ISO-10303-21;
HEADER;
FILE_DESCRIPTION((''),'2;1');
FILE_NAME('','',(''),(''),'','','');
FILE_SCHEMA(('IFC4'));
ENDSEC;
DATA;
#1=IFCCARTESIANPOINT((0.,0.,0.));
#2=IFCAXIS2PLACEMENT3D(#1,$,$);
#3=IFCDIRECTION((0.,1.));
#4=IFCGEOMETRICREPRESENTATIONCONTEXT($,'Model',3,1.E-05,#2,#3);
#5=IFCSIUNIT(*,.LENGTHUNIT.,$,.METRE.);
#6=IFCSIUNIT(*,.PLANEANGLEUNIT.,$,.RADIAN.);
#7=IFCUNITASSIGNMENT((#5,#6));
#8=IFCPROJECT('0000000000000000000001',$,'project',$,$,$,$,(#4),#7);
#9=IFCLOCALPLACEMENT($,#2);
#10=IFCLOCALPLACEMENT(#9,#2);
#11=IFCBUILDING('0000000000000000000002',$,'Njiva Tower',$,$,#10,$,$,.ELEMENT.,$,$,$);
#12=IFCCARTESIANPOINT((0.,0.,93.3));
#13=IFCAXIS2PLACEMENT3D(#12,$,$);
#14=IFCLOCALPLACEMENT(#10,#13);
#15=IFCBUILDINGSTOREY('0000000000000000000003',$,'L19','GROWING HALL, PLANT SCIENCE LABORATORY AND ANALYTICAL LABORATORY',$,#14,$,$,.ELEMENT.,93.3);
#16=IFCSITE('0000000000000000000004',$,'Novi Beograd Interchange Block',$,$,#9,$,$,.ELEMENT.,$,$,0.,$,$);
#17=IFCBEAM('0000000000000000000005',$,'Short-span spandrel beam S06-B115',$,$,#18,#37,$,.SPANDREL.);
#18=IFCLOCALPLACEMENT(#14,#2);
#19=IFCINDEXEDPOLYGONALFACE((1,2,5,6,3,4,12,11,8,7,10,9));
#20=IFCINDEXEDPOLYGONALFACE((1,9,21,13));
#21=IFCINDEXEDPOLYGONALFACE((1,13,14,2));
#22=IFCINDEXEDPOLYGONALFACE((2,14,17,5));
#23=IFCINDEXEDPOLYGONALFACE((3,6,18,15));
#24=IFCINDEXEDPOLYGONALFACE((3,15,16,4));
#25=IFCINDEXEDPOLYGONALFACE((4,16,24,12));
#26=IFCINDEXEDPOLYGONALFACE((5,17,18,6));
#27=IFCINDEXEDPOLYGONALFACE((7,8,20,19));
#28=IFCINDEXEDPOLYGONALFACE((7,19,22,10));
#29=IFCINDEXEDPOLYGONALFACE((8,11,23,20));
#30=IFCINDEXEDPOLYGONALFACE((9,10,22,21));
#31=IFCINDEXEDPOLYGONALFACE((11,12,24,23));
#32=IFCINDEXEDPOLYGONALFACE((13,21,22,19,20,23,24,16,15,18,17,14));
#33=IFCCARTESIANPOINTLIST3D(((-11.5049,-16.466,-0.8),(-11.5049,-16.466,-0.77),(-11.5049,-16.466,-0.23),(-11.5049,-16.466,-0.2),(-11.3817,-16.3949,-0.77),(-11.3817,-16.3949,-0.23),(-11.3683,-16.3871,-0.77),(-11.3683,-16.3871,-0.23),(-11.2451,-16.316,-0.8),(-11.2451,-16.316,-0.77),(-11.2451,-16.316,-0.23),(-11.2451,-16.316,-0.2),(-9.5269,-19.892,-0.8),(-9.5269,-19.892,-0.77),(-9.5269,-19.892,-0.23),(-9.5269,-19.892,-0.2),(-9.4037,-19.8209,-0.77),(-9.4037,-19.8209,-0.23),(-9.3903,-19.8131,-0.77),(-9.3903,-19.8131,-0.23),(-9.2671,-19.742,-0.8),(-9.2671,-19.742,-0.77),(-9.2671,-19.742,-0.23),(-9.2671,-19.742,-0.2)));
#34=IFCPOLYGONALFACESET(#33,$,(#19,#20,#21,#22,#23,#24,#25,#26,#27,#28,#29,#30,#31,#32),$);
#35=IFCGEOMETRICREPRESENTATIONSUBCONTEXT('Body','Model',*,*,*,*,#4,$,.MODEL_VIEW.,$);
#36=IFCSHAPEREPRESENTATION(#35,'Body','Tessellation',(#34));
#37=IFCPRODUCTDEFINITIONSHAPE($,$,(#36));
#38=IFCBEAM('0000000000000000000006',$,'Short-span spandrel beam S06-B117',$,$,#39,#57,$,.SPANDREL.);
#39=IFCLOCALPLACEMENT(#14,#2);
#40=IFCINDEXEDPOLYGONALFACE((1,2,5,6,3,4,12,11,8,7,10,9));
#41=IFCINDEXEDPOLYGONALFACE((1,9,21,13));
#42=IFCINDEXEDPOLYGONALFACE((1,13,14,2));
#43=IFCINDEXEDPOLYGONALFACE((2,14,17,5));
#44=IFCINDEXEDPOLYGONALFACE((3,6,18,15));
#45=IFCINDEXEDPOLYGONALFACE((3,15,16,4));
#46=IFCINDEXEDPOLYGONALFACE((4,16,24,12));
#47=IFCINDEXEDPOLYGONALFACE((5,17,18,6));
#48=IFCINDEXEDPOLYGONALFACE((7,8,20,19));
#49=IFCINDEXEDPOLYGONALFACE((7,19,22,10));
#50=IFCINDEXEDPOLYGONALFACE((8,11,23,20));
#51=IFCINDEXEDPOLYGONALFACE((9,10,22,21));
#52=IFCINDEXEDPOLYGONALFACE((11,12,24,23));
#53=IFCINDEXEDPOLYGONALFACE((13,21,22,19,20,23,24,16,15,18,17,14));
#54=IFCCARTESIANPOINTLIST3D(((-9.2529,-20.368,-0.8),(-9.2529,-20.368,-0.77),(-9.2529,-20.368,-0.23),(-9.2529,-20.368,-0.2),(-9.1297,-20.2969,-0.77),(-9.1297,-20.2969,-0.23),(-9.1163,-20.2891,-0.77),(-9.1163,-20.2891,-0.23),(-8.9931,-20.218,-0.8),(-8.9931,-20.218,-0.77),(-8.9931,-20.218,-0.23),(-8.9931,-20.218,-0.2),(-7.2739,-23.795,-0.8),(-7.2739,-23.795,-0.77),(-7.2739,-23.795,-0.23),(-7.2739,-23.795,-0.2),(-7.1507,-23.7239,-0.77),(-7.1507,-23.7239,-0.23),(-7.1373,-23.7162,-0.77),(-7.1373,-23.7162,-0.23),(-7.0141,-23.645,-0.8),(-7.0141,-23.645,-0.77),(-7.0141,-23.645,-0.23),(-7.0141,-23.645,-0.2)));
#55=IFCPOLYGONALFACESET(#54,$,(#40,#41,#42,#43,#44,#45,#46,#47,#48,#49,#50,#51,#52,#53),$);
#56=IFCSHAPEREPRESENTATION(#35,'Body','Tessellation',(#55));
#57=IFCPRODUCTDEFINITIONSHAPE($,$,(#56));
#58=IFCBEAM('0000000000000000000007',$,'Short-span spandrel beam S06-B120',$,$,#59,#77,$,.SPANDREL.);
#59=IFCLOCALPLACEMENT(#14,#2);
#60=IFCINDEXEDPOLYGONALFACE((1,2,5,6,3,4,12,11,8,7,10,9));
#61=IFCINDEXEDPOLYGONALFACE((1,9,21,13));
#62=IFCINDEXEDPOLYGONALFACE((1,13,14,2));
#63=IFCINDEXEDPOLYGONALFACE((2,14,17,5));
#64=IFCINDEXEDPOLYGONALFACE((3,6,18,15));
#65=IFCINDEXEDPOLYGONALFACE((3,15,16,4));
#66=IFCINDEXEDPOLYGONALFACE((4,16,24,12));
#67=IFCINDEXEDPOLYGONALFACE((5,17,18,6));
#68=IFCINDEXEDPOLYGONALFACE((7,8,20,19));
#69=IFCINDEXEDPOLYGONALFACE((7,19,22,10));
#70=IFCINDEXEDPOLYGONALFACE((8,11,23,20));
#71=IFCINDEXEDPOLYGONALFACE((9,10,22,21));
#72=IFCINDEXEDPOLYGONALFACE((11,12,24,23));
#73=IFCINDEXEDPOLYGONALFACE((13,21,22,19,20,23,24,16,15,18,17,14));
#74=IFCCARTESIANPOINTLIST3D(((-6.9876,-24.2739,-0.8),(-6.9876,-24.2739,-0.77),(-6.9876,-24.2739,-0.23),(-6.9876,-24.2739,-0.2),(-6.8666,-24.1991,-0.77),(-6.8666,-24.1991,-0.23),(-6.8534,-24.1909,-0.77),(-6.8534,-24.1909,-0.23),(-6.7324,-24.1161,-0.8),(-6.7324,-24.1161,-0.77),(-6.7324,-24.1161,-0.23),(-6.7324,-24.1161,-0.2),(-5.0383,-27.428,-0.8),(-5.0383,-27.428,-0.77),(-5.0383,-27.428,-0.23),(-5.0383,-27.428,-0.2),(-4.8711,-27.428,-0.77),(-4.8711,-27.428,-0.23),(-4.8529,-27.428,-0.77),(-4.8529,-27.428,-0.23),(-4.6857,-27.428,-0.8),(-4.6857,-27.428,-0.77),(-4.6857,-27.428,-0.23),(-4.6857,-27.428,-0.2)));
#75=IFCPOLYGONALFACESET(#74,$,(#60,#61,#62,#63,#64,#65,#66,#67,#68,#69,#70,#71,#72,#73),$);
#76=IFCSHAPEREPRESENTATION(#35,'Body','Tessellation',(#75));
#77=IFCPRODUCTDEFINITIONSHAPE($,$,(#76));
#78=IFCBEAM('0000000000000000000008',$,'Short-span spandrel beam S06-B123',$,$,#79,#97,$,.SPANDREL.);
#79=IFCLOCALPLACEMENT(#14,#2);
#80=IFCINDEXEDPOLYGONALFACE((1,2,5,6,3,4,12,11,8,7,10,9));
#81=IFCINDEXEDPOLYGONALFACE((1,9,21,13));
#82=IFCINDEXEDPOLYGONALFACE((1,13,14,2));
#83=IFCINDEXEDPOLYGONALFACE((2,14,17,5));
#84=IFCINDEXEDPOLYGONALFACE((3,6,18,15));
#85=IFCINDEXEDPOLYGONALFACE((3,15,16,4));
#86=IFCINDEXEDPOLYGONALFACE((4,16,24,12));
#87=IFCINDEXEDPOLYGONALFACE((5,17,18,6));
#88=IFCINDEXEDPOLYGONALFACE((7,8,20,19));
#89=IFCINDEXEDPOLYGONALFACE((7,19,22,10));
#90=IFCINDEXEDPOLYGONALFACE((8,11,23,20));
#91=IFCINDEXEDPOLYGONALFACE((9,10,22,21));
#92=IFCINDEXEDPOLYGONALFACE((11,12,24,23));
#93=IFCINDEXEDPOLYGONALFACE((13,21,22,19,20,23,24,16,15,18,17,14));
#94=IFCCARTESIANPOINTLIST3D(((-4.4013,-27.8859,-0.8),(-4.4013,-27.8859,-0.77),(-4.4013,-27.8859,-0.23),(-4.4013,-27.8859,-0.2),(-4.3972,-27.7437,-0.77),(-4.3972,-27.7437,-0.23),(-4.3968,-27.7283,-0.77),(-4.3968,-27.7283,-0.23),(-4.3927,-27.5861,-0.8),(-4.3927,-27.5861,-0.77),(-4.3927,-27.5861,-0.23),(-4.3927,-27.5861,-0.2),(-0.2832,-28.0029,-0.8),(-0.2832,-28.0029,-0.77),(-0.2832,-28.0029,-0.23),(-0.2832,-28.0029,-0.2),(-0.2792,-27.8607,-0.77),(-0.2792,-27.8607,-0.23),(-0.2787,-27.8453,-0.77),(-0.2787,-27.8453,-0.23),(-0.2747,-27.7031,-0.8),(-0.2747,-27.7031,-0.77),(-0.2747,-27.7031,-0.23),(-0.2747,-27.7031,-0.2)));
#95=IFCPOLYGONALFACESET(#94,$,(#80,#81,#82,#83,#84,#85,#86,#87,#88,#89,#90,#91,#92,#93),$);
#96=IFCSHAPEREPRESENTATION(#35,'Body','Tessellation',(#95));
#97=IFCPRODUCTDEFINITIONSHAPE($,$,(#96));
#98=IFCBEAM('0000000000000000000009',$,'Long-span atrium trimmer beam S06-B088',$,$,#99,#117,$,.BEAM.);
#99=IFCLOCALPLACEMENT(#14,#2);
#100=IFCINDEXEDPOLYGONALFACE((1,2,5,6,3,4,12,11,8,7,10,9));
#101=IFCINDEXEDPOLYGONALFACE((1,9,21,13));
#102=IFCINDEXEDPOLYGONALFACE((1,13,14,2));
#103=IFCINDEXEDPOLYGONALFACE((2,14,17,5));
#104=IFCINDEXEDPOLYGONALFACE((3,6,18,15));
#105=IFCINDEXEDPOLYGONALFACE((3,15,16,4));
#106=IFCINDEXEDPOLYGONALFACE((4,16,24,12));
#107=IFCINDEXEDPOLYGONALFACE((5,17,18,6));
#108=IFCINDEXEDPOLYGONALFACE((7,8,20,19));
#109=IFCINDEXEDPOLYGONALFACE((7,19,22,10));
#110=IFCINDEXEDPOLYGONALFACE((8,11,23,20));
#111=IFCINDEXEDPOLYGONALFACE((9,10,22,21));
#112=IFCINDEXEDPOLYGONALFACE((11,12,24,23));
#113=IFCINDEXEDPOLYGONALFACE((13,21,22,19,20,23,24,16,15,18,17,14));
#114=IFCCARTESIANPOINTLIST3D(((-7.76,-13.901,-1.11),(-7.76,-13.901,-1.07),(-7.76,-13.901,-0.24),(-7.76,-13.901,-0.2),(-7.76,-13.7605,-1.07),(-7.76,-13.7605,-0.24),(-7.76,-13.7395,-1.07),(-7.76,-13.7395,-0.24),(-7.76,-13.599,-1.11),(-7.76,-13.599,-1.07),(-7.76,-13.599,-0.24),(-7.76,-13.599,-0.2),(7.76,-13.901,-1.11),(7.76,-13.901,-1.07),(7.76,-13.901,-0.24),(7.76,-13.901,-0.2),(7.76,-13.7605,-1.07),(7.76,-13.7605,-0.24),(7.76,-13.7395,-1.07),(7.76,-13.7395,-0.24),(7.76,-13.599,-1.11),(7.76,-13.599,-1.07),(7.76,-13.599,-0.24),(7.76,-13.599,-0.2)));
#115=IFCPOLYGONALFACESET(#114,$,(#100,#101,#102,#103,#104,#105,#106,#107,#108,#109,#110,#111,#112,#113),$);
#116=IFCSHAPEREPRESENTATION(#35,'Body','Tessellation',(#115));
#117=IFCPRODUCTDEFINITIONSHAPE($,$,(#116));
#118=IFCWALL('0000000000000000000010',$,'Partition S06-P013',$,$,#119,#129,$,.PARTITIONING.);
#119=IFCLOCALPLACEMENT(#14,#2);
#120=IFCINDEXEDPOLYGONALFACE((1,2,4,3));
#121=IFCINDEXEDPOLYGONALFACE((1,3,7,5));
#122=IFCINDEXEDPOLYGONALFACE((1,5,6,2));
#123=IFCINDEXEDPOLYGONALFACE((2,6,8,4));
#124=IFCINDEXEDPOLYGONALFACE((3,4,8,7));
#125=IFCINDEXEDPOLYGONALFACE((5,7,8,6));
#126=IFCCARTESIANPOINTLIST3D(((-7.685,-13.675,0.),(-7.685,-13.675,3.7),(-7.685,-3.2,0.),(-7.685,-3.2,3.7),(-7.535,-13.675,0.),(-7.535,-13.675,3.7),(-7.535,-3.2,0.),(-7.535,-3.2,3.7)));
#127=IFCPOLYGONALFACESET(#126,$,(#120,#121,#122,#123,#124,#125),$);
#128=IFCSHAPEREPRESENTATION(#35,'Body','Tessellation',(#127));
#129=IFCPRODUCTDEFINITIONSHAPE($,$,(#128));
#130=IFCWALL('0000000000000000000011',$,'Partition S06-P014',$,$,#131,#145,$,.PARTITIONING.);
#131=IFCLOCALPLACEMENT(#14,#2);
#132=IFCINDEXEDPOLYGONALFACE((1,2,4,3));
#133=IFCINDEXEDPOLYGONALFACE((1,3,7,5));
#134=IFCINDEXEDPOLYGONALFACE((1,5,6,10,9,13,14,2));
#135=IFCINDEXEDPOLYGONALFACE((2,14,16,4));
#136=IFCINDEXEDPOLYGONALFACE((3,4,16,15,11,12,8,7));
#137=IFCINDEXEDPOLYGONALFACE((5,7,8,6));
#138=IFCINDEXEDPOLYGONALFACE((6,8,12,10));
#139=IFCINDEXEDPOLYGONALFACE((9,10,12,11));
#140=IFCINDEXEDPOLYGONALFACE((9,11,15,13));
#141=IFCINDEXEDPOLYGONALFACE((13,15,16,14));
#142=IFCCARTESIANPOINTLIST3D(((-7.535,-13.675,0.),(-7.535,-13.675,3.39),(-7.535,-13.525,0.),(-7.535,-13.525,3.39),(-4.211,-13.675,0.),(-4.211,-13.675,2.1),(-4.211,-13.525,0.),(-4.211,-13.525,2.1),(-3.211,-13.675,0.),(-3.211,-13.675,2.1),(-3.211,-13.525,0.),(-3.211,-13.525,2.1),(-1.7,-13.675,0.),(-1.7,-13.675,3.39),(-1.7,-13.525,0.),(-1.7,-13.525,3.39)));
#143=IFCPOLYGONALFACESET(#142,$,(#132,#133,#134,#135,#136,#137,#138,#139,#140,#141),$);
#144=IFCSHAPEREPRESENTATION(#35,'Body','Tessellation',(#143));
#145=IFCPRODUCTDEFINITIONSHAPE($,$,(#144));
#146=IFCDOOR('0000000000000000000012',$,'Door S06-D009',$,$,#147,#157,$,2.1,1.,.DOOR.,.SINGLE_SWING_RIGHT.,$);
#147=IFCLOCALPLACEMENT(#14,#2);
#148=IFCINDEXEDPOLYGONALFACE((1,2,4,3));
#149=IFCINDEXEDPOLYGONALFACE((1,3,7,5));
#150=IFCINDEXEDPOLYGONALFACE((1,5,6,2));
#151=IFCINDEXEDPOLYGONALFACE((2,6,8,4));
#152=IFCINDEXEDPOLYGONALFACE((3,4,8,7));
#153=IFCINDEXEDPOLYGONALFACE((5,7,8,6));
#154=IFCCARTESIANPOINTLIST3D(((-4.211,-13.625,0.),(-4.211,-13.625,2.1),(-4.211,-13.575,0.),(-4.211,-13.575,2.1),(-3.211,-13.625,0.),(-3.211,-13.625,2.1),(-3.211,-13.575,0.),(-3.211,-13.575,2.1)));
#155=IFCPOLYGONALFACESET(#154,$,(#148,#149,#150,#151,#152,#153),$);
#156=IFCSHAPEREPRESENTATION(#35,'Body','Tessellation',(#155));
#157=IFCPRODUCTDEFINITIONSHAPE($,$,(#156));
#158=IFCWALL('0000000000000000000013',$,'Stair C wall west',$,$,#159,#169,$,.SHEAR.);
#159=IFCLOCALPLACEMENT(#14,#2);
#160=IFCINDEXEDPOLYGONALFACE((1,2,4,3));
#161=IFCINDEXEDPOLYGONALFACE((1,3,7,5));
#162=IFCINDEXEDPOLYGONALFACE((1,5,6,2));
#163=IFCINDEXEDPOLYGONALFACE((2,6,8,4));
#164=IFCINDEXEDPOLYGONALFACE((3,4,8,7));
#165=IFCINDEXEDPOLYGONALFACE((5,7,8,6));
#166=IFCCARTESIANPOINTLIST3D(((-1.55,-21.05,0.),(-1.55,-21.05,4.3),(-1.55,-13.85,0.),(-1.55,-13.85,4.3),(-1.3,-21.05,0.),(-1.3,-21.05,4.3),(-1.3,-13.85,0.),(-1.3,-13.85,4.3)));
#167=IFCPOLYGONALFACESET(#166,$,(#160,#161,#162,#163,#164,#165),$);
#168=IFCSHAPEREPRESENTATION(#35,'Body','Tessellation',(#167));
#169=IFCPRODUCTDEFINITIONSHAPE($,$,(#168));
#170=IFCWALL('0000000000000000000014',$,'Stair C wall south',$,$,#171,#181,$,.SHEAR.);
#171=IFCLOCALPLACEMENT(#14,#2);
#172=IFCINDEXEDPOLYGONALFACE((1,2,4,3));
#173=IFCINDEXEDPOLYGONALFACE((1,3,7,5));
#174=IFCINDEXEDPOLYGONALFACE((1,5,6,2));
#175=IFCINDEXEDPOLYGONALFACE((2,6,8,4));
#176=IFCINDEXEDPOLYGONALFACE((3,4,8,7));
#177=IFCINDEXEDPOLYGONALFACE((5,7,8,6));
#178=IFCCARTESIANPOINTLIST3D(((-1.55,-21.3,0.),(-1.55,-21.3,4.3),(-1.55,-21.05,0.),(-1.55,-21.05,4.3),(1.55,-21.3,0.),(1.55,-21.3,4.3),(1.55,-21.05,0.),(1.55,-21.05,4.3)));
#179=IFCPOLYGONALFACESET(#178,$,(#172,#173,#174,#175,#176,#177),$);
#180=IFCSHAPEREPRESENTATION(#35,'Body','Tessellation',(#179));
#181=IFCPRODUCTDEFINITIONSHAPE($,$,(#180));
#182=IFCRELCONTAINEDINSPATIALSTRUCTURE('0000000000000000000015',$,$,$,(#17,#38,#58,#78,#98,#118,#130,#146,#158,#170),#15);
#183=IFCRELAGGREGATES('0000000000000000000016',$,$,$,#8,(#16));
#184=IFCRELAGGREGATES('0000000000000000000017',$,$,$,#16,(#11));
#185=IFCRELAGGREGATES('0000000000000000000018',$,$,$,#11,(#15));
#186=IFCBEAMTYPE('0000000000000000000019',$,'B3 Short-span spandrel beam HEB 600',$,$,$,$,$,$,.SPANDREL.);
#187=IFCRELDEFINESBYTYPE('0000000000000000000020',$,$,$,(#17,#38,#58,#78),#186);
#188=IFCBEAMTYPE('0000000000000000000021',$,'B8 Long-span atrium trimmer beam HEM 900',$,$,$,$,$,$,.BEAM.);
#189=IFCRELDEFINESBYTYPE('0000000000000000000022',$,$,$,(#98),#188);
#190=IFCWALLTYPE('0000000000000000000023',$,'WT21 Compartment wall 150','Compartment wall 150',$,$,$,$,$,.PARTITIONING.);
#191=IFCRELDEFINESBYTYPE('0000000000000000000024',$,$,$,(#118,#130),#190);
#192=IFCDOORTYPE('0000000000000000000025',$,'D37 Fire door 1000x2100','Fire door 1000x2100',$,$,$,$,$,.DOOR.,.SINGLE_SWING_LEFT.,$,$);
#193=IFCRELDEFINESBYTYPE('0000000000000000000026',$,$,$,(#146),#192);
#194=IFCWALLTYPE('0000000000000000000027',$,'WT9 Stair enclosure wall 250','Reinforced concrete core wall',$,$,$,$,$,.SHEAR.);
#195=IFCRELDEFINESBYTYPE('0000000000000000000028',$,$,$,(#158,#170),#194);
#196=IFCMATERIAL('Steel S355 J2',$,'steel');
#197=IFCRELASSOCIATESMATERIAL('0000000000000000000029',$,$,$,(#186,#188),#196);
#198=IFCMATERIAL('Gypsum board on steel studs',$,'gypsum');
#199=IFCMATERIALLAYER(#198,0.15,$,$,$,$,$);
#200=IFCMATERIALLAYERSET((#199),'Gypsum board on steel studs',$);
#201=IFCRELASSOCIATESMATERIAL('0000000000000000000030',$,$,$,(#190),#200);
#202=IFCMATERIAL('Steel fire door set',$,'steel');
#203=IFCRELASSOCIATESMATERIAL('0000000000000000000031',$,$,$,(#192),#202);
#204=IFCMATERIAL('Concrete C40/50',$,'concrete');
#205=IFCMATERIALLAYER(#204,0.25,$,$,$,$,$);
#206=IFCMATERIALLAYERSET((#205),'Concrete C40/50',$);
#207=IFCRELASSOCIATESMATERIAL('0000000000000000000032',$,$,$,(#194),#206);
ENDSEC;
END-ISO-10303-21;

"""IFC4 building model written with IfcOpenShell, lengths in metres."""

from ifc_helpers import new_model, si_unit, direction, frame, frame_2d, origin, origin_2d, place, context, subcontext, project, spatial, rectangle, i_section, extrude, clip, halfspace, material, layer, layer_set, material_profile, profile_set, type_object, element, fill, save


model = new_model("IFC4")

# Units and contexts
model_context = context("Model", 3, precision=1e-05, world=origin(), true_north=direction((0.0, 1.0)))
body_context = subcontext(model_context, "Body", "Model", "MODEL_VIEW")
ifc_project = project(units=[si_unit("LENGTHUNIT", "METRE"), si_unit("PLANEANGLEUNIT", "RADIAN")], contexts=[model_context])

# Site, building, storey
site_placement = place(None, origin())
site = spatial("IfcSite", under=ifc_project, at=site_placement, Name="Novi Beograd Interchange Block", CompositionType="ELEMENT", RefElevation=0.0)
building_placement = place(site_placement, origin())
building = spatial("IfcBuilding", under=site, at=building_placement, Name="Njiva Tower", CompositionType="ELEMENT")
storey_placement = place(building_placement, frame((0.0, 0.0, 93.3)))
storey = spatial("IfcBuildingStorey", under=building, at=storey_placement, Name="L19", Description="GROWING HALL, PLANT SCIENCE LABORATORY AND ANALYTICAL LABORATORY", CompositionType="ELEMENT", Elevation=93.3)

# Shared definitions
ifc_material_1 = material(Name="Steel S355 J2", Category="steel")

# Beams
ifc_material_profile_1 = material_profile(ifc_material_1, i_section(OverallWidth=0.3, OverallDepth=0.6, WebThickness=0.0155, FlangeThickness=0.03, at=origin_2d()), Name="HEB 600")
ifc_profile_set_1 = profile_set([ifc_material_profile_1], Name="Steel S355 J2")
beam_type_1 = type_object("IfcBeamType", Name="B3 Short-span spandrel beam HEB 600", PredefinedType="SPANDREL", material=ifc_profile_set_1)
beam_1_placement = place(storey_placement, frame((-11.375, -16.391, -0.5), z_axis=(0.5, -0.866026, 0.0), x_axis=(0.866026, 0.5, 0.0)))
element("IfcBeam", 1, at=beam_1_placement, inside=storey, type_object=beam_type_1, Name="Short-span spandrel beam S06-B115", PredefinedType="SPANDREL", context=body_context, shape_type="SweptSolid", body=[
    extrude(i_section(OverallWidth=0.3, OverallDepth=0.6, WebThickness=0.0155, FlangeThickness=0.03, at=origin_2d()), origin(), (0.0, 0.0, 1.0), 3.956),
])
beam_2_placement = place(storey_placement, frame((-9.123, -20.293, -0.5), z_axis=(0.50008, -0.865979, 0.0), x_axis=(0.865979, 0.50008, 0.0)))
element("IfcBeam", 2, at=beam_2_placement, inside=storey, type_object=beam_type_1, Name="Short-span spandrel beam S06-B117", PredefinedType="SPANDREL", context=body_context, shape_type="SweptSolid", body=[
    extrude(i_section(OverallWidth=0.3, OverallDepth=0.6, WebThickness=0.0155, FlangeThickness=0.03, at=origin_2d()), origin(), (0.0, 0.0, 1.0), 3.9574),
])
beam_3_placement = place(storey_placement, frame((-6.86, -24.195, -0.5), z_axis=(0.525711, -0.850663, 0.0), x_axis=(0.850663, 0.525711, 0.0)))
element("IfcBeam", 3, at=beam_3_placement, inside=storey, type_object=beam_type_1, Name="Short-span spandrel beam S06-B120", PredefinedType="SPANDREL", context=body_context, shape_type="Clipping", body=[
    clip(extrude(i_section(OverallWidth=0.3, OverallDepth=0.6, WebThickness=0.0155, FlangeThickness=0.03, at=origin_2d()), origin(), (0.0, 0.0, 1.0), 3.9136), halfspace(frame((-0.026, 0.0, 3.7845), z_axis=(-0.525711, 0.0, 0.850663), x_axis=(0.0, 1.0, 0.0)), False)),
])
beam_4_placement = place(storey_placement, frame((-4.397, -27.736, -0.5), z_axis=(0.999597, -0.0284, 0.0), x_axis=(0.0284, 0.999597, 0.0)))
element("IfcBeam", 4, at=beam_4_placement, inside=storey, type_object=beam_type_1, Name="Short-span spandrel beam S06-B123", PredefinedType="SPANDREL", context=body_context, shape_type="SweptSolid", body=[
    extrude(i_section(OverallWidth=0.3, OverallDepth=0.6, WebThickness=0.0155, FlangeThickness=0.03, at=origin_2d()), origin(), (0.0, 0.0, 1.0), 4.1197),
])
ifc_material_profile_2 = material_profile(ifc_material_1, i_section(OverallWidth=0.302, OverallDepth=0.91, WebThickness=0.021, FlangeThickness=0.04, at=origin_2d()), Name="HEM 900")
ifc_profile_set_2 = profile_set([ifc_material_profile_2], Name="Steel S355 J2")
beam_type_2 = type_object("IfcBeamType", Name="B8 Long-span atrium trimmer beam HEM 900", PredefinedType="BEAM", material=ifc_profile_set_2)
beam_5_placement = place(storey_placement, frame((-7.76, -13.75, -0.655), z_axis=(1.0, 0.0, 0.0), x_axis=(0.0, 1.0, 0.0)))
element("IfcBeam", 5, at=beam_5_placement, inside=storey, type_object=beam_type_2, Name="Long-span atrium trimmer beam S06-B088", PredefinedType="BEAM", context=body_context, shape_type="SweptSolid", body=[
    extrude(i_section(OverallWidth=0.302, OverallDepth=0.91, WebThickness=0.021, FlangeThickness=0.04, at=origin_2d()), origin(), (0.0, 0.0, 1.0), 15.52),
])

# Wall
ifc_material_2 = material(Name="Gypsum board on steel studs", Category="gypsum")
ifc_layer_1 = layer(ifc_material_2, 0.15)
ifc_layer_set_1 = layer_set([ifc_layer_1], Name="Gypsum board on steel studs")
wall_type_1 = type_object("IfcWallType", Name="WT21 Compartment wall 150", Description="Compartment wall 150", PredefinedType="PARTITIONING", material=ifc_layer_set_1)
wall_1_placement = place(storey_placement, frame((-7.61, -13.675, 0.0), z_axis=(0.0, 0.0, 1.0), x_axis=(0.0, 1.0, 0.0)))
element("IfcWall", 6, at=wall_1_placement, inside=storey, type_object=wall_type_1, Name="Partition S06-P013", PredefinedType="PARTITIONING", context=body_context, shape_type="SweptSolid", body=[
    extrude(rectangle(XDim=10.475, YDim=0.15, at=frame_2d((5.2375, 0.0))), origin(), (0.0, 0.0, 1.0), 3.7),
])

# Wall, opening, door
wall_2_placement = place(storey_placement, frame((-7.535, -13.6, 0.0), z_axis=(0.0, 0.0, 1.0), x_axis=(1.0, 0.0, 0.0)))
wall_2 = element("IfcWall", 7, at=wall_2_placement, inside=storey, type_object=wall_type_1, Name="Partition S06-P014", PredefinedType="PARTITIONING", context=body_context, shape_type="SweptSolid", body=[
    extrude(rectangle(XDim=5.835, YDim=0.15, at=frame_2d((2.9175, 0.0))), origin(), (0.0, 0.0, 1.0), 3.39),
])
opening_1_placement = place(wall_2_placement, frame((3.324, 0.0, 0.0)))
opening_1 = element("IfcOpeningElement", 8, at=opening_1_placement, cuts=wall_2, PredefinedType="OPENING", context=body_context, shape_type="SweptSolid", body=[
    extrude(rectangle(XDim=1.0, YDim=2.1, at=frame_2d((0.5, 1.05))), frame((0.0, 0.085, 0.0), z_axis=(0.0, -1.0, 0.0), x_axis=(1.0, 0.0, 0.0)), (0.0, 0.0, 1.0), 0.17),
])
ifc_material_3 = material(Name="Steel fire door set", Category="steel")
door_type = type_object("IfcDoorType", Name="D37 Fire door 1000x2100", Description="Fire door 1000x2100", OperationType="SINGLE_SWING_LEFT", PredefinedType="DOOR", material=ifc_material_3)
door_placement = place(opening_1_placement, origin())
door = element("IfcDoor", 9, at=door_placement, inside=storey, type_object=door_type, Name="Door S06-D009", OperationType="SINGLE_SWING_RIGHT", OverallHeight=2.1, OverallWidth=1.0, PredefinedType="DOOR", context=body_context, shape_type="SweptSolid", body=[
    extrude(rectangle(XDim=1.0, YDim=2.1, at=frame_2d((0.5, 1.05))), frame((0.0, 0.025, 0.0), z_axis=(0.0, -1.0, 0.0), x_axis=(1.0, 0.0, 0.0)), (0.0, 0.0, 1.0), 0.05),
])
fill(opening_1, door)

# Walls
ifc_material_4 = material(Name="Concrete C40/50", Category="concrete")
ifc_layer_2 = layer(ifc_material_4, 0.25)
ifc_layer_set_2 = layer_set([ifc_layer_2], Name="Concrete C40/50")
wall_type_2 = type_object("IfcWallType", Name="WT9 Stair enclosure wall 250", Description="Reinforced concrete core wall", PredefinedType="SHEAR", material=ifc_layer_set_2)
wall_3_placement = place(storey_placement, frame((-1.425, -21.05, 0.0), z_axis=(0.0, 0.0, 1.0), x_axis=(0.0, 1.0, 0.0)))
element("IfcWall", 10, at=wall_3_placement, inside=storey, type_object=wall_type_2, Name="Stair C wall west", PredefinedType="SHEAR", context=body_context, shape_type="SweptSolid", body=[
    extrude(rectangle(XDim=7.2, YDim=0.25, at=frame_2d((3.6, 0.0))), origin(), (0.0, 0.0, 1.0), 4.3),
])
for number, where, z_axis, x_axis, name in (
    (11, (-1.55, -21.175, 0.0), (0.0, 0.0, 1.0), (1.0, 0.0, 0.0), "Stair C wall south"),
):
    element("IfcWall", number, at=place(storey_placement, frame(where, z_axis=z_axis, x_axis=x_axis)), inside=storey, type_object=wall_type_2, Name=name, PredefinedType="SHEAR", context=body_context, shape_type="SweptSolid", body=[
        extrude(rectangle(XDim=3.1, YDim=0.25, at=frame_2d((1.55, 0.0))), origin(), (0.0, 0.0, 1.0), 4.3),
    ])

save(model, "model.ifc")
